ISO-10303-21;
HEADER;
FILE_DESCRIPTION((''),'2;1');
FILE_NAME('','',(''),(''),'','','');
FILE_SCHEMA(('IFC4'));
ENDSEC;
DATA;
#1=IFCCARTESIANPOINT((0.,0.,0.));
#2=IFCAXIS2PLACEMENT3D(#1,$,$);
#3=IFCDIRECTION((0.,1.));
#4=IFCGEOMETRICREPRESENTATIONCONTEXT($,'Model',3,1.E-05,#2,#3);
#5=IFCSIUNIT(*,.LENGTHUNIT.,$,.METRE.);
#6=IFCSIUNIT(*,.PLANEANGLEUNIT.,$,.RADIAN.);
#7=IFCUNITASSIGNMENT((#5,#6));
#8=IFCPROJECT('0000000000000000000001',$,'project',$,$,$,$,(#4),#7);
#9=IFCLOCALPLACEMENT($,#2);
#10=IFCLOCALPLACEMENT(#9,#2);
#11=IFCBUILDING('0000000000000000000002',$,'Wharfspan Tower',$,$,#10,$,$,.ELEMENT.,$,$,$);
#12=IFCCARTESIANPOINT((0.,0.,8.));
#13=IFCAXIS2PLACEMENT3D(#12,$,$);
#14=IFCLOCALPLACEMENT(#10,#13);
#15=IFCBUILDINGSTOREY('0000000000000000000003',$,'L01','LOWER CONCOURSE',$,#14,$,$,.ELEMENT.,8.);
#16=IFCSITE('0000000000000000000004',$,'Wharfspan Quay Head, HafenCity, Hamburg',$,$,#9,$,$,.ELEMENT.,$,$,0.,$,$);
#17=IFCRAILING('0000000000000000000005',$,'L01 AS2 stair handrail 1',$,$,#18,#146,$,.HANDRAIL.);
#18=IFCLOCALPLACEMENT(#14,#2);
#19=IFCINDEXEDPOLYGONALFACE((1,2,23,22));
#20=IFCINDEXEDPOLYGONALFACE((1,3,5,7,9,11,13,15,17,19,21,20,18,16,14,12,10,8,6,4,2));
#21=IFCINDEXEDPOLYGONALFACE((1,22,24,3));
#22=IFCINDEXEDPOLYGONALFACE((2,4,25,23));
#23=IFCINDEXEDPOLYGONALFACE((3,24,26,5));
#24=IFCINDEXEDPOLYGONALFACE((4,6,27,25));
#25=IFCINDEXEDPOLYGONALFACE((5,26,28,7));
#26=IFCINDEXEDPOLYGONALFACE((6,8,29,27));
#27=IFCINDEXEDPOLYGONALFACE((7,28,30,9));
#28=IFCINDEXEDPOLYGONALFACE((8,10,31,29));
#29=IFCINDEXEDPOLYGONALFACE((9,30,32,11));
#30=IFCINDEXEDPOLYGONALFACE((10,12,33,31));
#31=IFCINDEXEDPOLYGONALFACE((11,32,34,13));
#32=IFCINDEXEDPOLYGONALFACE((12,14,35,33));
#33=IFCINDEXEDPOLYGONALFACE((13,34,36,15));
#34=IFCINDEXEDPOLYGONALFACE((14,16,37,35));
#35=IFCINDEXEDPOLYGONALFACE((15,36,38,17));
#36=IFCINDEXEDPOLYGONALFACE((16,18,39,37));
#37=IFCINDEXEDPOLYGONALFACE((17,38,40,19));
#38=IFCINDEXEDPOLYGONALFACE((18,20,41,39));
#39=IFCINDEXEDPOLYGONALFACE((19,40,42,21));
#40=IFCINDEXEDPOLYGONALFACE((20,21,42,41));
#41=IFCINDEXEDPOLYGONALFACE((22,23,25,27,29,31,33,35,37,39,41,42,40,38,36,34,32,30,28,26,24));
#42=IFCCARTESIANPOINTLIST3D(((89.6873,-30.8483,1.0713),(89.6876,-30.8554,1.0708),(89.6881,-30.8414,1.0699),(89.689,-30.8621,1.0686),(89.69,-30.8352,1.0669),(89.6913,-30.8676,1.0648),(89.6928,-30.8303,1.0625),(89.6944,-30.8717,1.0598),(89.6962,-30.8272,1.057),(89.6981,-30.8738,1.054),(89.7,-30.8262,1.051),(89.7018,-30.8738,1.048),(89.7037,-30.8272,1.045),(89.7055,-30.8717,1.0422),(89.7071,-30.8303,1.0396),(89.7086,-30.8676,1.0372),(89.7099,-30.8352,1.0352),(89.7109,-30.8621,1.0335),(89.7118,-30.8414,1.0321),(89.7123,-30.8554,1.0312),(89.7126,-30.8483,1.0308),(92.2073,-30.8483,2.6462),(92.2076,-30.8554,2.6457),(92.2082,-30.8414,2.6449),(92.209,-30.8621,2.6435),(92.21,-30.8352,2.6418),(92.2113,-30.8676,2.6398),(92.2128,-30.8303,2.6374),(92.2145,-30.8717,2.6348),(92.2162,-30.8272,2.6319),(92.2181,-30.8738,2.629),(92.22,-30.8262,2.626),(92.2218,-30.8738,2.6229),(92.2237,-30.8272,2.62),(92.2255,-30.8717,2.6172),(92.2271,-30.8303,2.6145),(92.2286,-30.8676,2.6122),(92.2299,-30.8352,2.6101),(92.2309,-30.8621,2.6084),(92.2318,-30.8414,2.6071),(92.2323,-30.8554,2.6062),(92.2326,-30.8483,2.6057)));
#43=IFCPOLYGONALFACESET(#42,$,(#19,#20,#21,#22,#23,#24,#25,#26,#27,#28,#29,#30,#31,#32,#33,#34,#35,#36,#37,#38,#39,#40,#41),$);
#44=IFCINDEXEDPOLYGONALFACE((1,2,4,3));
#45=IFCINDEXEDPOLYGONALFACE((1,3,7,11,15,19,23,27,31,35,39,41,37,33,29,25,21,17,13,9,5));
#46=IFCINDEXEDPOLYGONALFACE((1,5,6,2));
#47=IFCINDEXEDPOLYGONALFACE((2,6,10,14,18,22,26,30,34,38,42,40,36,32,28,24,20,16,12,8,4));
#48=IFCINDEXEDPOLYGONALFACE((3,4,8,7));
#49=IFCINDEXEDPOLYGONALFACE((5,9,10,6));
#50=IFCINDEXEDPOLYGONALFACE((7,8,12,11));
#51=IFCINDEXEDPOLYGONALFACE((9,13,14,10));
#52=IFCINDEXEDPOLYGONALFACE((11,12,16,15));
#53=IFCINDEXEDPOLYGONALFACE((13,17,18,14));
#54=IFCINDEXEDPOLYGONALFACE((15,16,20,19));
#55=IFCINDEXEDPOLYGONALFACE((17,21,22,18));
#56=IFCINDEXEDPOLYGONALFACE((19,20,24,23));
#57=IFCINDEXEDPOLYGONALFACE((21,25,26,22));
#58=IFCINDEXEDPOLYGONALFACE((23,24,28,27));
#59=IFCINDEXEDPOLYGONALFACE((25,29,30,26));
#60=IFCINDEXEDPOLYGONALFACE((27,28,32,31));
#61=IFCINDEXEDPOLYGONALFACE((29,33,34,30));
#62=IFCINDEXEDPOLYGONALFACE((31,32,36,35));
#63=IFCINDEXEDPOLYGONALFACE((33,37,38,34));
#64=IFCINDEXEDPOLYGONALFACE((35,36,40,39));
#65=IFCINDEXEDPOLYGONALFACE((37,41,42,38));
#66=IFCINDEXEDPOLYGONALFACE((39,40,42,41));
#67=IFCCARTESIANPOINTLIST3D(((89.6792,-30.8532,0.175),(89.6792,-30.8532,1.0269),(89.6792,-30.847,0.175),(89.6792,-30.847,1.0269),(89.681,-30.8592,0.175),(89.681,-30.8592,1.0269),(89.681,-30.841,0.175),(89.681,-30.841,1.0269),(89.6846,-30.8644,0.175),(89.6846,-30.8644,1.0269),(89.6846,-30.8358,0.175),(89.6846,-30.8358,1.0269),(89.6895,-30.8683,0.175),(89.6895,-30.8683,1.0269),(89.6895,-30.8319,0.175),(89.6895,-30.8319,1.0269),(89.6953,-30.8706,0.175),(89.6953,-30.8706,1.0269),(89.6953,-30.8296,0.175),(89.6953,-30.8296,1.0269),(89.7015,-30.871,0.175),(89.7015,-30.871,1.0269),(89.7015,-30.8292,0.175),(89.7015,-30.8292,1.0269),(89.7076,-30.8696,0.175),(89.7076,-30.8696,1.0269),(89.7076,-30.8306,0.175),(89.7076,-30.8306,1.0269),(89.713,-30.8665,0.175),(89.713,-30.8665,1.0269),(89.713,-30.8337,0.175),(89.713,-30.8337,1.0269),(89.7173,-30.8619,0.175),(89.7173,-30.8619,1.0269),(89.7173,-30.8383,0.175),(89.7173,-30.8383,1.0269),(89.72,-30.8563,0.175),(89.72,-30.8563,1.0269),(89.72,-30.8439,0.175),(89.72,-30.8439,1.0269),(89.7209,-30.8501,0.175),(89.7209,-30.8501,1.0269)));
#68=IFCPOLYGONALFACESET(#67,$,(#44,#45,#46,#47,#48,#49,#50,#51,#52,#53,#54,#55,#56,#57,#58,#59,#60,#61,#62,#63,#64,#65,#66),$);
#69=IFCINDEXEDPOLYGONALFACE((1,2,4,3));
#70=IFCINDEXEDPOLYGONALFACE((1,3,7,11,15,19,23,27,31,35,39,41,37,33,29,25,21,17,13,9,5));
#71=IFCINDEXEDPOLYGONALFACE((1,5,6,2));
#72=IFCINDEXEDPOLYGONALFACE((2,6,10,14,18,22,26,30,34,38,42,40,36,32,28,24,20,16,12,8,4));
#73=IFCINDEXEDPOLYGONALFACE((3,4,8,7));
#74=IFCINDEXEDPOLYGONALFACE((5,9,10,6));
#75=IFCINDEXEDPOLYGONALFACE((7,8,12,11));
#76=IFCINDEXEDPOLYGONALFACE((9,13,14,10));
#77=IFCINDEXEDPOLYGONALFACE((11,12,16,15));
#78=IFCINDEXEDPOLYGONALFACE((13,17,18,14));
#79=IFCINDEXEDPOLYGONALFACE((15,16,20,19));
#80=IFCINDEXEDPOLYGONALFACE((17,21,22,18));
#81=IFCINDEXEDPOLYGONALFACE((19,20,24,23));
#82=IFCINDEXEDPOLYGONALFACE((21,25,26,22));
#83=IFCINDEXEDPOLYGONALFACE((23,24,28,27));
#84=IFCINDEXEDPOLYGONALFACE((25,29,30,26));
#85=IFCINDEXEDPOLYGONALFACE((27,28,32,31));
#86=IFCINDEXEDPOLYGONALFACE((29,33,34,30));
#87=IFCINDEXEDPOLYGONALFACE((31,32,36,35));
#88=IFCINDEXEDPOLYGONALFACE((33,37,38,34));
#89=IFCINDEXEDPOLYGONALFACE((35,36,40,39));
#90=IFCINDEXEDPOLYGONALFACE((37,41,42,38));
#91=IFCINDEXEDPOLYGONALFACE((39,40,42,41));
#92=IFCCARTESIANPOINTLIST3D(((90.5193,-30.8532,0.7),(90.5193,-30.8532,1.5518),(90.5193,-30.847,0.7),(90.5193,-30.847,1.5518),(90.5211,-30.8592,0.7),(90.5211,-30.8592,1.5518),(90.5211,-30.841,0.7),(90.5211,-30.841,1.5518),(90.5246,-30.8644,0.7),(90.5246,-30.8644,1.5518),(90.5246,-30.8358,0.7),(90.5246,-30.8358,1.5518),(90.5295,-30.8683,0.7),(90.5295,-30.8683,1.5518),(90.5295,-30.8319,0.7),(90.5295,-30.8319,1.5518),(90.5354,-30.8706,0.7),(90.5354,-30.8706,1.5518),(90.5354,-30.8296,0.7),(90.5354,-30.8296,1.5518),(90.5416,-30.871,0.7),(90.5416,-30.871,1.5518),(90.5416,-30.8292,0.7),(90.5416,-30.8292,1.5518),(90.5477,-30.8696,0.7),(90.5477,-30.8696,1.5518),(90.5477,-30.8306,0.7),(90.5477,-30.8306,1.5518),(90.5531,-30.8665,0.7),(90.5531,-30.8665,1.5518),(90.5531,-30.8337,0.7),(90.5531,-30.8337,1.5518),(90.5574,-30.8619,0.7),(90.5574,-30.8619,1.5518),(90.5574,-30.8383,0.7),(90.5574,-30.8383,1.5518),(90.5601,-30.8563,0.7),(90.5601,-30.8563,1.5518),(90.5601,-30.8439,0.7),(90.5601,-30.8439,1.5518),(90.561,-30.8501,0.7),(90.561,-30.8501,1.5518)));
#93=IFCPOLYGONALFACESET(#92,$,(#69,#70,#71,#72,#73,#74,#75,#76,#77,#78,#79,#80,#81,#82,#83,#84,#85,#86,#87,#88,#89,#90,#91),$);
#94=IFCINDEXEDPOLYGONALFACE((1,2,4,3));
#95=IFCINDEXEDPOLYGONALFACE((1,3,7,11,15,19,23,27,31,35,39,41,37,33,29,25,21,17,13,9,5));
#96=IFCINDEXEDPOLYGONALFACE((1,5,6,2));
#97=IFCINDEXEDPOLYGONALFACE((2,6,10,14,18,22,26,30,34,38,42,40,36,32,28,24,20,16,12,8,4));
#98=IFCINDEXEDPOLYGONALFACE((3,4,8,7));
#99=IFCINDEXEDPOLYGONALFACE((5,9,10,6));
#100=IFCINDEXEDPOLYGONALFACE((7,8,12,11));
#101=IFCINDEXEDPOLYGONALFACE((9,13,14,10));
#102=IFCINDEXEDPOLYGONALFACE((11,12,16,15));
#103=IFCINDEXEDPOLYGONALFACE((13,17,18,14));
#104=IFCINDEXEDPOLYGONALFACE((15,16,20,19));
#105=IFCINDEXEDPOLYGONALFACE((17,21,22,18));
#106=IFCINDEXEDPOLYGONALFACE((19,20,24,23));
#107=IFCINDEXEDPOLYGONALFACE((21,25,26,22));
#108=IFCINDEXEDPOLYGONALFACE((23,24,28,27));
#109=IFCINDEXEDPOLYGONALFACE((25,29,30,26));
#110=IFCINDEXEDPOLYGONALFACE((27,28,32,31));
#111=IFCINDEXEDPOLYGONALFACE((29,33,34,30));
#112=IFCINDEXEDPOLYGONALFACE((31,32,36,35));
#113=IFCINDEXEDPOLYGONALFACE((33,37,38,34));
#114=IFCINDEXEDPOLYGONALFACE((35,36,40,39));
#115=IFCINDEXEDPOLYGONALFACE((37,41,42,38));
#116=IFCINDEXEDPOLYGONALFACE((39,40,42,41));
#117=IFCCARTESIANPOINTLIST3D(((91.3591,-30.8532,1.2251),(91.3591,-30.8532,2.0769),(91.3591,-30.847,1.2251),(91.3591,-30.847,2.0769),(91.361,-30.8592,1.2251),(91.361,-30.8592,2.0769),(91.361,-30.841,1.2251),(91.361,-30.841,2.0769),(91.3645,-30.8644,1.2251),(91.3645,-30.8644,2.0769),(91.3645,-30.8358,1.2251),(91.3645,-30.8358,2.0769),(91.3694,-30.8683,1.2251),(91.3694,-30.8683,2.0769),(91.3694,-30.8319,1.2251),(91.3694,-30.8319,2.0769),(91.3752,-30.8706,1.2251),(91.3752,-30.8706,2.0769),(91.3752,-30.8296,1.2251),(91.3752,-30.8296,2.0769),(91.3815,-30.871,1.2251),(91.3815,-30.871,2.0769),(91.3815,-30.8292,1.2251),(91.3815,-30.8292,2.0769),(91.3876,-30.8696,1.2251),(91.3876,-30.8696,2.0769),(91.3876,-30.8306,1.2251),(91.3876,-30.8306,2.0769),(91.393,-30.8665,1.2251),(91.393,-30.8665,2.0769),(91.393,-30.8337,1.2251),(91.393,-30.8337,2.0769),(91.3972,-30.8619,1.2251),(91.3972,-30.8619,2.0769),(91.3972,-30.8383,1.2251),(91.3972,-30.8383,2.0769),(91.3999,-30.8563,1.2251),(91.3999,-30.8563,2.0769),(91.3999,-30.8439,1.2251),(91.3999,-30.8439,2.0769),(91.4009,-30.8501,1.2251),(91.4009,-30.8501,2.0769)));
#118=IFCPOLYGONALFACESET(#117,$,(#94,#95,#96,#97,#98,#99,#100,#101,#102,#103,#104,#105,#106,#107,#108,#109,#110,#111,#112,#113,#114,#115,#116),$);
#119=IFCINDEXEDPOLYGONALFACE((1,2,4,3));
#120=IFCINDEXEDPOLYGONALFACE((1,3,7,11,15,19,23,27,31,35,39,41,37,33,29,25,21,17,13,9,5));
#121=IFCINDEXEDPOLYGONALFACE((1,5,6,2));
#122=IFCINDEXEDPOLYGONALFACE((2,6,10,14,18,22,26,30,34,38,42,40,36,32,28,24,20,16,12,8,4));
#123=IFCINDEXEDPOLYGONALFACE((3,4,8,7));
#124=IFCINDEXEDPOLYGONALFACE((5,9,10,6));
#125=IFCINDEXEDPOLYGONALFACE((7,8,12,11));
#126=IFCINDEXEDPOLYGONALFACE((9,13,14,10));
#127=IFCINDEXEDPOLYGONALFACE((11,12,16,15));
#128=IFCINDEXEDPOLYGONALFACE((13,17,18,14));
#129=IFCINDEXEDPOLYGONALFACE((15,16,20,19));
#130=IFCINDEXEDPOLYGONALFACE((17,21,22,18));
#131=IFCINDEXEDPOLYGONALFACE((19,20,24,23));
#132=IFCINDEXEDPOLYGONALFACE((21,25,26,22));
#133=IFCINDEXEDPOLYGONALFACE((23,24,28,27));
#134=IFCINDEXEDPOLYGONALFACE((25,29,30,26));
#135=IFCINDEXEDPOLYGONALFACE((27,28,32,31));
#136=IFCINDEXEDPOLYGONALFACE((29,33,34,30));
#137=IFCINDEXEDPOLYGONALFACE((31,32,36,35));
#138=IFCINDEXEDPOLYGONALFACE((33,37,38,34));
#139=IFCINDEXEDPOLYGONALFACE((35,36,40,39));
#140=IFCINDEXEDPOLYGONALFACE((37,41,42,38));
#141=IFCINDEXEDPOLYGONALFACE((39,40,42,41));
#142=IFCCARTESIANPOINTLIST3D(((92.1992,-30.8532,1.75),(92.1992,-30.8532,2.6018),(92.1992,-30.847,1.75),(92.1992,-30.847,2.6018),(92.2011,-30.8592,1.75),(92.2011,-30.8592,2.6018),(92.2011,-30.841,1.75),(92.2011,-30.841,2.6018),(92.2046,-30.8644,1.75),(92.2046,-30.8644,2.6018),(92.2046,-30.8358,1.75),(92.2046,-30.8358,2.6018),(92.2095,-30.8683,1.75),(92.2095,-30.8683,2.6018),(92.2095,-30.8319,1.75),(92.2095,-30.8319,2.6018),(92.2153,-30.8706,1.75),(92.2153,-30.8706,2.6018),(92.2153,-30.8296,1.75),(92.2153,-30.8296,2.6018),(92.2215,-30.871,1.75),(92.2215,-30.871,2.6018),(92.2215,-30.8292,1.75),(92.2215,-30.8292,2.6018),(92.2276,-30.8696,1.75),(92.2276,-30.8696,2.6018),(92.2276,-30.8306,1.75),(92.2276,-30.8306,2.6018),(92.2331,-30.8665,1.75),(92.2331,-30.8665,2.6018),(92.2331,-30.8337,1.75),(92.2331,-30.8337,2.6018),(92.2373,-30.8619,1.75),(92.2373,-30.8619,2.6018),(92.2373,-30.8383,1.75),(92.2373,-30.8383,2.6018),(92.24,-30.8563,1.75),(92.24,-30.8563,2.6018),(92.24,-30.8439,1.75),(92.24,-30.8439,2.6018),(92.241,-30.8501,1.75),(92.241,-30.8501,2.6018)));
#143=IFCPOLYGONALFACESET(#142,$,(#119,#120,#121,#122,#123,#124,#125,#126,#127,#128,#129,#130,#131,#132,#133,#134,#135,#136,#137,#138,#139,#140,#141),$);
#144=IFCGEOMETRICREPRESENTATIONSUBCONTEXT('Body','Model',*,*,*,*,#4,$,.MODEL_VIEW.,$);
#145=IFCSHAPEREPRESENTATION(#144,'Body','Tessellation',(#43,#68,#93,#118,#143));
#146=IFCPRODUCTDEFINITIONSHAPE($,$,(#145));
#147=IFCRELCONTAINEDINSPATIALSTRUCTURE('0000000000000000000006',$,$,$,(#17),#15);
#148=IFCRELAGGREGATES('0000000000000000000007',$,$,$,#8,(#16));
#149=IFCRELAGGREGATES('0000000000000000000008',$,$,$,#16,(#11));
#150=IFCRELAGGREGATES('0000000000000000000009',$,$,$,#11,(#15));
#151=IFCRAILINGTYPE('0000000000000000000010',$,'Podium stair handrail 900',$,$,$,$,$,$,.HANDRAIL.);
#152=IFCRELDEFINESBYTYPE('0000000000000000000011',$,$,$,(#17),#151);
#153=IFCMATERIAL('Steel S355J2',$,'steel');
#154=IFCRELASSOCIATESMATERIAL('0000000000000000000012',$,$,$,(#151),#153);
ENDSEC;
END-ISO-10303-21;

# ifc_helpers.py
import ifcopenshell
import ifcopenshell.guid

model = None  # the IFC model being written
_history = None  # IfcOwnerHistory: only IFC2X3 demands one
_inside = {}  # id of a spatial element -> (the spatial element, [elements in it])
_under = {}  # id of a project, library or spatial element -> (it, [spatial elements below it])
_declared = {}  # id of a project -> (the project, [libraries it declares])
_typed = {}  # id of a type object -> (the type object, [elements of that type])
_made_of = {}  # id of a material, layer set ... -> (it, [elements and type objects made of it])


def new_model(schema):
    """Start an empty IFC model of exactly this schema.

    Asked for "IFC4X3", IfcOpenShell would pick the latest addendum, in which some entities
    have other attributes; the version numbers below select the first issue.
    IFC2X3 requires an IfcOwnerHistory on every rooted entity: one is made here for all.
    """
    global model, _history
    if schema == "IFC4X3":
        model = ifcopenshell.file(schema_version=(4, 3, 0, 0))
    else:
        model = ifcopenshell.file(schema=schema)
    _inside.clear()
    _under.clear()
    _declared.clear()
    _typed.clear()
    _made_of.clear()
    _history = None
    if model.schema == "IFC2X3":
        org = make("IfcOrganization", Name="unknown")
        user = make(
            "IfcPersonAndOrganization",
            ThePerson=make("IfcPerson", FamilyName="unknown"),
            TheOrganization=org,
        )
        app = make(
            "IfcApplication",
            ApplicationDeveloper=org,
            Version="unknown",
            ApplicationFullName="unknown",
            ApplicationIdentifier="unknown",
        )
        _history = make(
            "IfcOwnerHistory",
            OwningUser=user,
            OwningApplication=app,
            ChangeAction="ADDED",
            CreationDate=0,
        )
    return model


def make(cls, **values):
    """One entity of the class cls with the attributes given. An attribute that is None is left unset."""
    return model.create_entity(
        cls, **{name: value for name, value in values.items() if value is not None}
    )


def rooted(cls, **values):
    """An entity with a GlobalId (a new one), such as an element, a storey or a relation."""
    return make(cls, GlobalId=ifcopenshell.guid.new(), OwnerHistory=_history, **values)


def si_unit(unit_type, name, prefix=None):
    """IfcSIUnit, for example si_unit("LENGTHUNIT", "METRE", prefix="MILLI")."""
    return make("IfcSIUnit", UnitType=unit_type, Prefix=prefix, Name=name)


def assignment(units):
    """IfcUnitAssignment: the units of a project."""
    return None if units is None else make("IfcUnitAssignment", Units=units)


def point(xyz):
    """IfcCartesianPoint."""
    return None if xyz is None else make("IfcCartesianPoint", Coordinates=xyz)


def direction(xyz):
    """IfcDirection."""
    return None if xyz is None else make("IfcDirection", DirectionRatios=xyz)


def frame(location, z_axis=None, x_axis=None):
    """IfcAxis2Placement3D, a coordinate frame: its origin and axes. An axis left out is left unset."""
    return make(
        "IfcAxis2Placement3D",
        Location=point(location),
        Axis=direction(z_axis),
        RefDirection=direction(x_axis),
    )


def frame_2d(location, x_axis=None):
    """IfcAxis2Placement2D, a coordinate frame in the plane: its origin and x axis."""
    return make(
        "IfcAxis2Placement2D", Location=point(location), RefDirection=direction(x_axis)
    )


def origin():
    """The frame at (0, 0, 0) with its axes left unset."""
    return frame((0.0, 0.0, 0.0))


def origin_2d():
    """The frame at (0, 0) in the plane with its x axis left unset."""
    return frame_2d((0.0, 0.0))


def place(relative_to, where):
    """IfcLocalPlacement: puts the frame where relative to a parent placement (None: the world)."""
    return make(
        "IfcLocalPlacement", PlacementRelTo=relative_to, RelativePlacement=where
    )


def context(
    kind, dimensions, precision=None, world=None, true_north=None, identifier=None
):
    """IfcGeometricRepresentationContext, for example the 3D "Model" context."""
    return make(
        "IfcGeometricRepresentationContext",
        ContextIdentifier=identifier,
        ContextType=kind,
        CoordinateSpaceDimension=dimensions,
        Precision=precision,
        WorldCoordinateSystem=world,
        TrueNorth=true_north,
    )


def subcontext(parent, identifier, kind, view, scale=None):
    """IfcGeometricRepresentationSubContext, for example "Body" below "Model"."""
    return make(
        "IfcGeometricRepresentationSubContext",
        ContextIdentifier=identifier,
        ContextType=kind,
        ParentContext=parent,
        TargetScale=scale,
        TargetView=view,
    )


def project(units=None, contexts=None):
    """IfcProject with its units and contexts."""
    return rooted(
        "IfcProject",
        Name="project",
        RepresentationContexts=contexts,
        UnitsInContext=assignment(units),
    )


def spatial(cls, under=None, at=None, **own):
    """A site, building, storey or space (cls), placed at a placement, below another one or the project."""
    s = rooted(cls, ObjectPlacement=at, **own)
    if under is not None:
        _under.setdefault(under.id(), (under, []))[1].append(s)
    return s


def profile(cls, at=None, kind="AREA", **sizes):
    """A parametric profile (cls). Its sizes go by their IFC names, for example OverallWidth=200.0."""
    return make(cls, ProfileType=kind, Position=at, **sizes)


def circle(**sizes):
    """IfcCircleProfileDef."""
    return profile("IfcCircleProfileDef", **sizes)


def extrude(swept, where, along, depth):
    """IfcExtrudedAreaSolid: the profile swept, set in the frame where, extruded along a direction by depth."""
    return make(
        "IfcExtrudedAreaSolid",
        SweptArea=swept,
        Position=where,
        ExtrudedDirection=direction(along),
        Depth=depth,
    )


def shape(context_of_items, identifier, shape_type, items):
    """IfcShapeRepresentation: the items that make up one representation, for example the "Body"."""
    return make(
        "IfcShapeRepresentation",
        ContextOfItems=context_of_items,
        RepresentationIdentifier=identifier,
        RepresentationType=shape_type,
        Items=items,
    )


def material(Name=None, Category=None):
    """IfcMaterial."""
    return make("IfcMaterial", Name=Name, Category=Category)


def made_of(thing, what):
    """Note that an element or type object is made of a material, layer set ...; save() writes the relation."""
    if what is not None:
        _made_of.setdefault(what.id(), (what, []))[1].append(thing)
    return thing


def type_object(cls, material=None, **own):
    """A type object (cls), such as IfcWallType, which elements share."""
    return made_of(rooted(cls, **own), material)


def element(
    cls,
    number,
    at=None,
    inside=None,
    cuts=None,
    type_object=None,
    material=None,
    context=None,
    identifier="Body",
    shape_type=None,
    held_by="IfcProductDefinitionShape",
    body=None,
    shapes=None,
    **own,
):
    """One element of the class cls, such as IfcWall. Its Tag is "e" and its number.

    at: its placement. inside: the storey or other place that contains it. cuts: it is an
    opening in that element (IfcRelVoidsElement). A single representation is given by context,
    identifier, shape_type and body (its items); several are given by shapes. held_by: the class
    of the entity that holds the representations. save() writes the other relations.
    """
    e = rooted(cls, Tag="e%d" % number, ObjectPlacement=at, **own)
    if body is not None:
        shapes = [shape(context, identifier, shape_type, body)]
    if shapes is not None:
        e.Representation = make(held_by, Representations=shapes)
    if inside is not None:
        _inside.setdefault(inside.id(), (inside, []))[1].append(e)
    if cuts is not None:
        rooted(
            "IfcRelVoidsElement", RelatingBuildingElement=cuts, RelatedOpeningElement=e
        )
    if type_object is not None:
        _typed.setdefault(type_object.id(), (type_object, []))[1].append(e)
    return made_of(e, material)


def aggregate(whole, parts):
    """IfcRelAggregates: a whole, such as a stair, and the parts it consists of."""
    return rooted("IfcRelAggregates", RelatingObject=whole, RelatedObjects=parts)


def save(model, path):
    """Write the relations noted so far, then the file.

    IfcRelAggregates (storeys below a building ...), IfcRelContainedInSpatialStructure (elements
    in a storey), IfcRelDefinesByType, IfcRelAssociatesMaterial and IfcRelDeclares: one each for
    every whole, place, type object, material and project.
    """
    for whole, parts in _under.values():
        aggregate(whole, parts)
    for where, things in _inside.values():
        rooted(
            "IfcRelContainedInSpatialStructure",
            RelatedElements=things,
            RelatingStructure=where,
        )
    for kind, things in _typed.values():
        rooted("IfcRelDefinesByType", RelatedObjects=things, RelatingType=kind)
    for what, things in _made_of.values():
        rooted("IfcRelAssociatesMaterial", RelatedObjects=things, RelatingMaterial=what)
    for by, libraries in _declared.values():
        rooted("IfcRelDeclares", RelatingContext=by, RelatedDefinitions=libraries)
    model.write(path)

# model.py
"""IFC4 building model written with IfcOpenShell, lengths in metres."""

from ifc_helpers import new_model, si_unit, direction, frame, origin, origin_2d, place, context, subcontext, project, spatial, circle, extrude, material, type_object, element, save


model = new_model("IFC4")

# Units and contexts
model_context = context("Model", 3, precision=1e-05, world=origin(), true_north=direction((0.0, 1.0)))
body_context = subcontext(model_context, "Body", "Model", "MODEL_VIEW")
ifc_project = project(units=[si_unit("LENGTHUNIT", "METRE"), si_unit("PLANEANGLEUNIT", "RADIAN")], contexts=[model_context])

# Site, building, storey
site_placement = place(None, origin())
site = spatial("IfcSite", under=ifc_project, at=site_placement, Name="Wharfspan Quay Head, HafenCity, Hamburg", CompositionType="ELEMENT", RefElevation=0.0)
building_placement = place(site_placement, origin())
building = spatial("IfcBuilding", under=site, at=building_placement, Name="Wharfspan Tower", CompositionType="ELEMENT")
storey_placement = place(building_placement, frame((0.0, 0.0, 8.0)))
storey = spatial("IfcBuildingStorey", under=building, at=storey_placement, Name="L01", Description="LOWER CONCOURSE", CompositionType="ELEMENT", Elevation=8.0)

# Railing
ifc_material_1 = material(Name="Steel S355J2", Category="steel")
railing_type_1 = type_object("IfcRailingType", Name="Podium stair handrail 900", PredefinedType="HANDRAIL", material=ifc_material_1)
for number, where, name in (
    (1, (89.7, -30.8501, 0.175), "L01 AS2 stair handrail 1"),
):
    element("IfcRailing", number, at=place(storey_placement, frame(where)), inside=storey, type_object=railing_type_1, Name=name, PredefinedType="HANDRAIL", context=body_context, shape_type="SweptSolid", body=[
        extrude(circle(Radius=0.0239, at=origin_2d()), frame((0.0, 0.0, 0.876), z_axis=(0.848008, 0.0, 0.529984), x_axis=(0.0, 1.0, 0.0)), (0.0, 0.0, 1.0), 2.9717),
        extrude(circle(Radius=0.021, at=origin_2d()), origin(), (0.0, 0.0, 1.0), 0.8518),
        extrude(circle(Radius=0.021, at=origin_2d()), frame((0.8401, 0.0, 0.5249)), (0.0, 0.0, 1.0), 0.8518),
        extrude(circle(Radius=0.021, at=origin_2d()), frame((1.6799, 0.0, 1.05)), (0.0, 0.0, 1.0), 0.8518),
        extrude(circle(Radius=0.021, at=origin_2d()), frame((2.52, 0.0, 1.575)), (0.0, 0.0, 1.0), 0.8518),
    ])

save(model, "model.ifc")
